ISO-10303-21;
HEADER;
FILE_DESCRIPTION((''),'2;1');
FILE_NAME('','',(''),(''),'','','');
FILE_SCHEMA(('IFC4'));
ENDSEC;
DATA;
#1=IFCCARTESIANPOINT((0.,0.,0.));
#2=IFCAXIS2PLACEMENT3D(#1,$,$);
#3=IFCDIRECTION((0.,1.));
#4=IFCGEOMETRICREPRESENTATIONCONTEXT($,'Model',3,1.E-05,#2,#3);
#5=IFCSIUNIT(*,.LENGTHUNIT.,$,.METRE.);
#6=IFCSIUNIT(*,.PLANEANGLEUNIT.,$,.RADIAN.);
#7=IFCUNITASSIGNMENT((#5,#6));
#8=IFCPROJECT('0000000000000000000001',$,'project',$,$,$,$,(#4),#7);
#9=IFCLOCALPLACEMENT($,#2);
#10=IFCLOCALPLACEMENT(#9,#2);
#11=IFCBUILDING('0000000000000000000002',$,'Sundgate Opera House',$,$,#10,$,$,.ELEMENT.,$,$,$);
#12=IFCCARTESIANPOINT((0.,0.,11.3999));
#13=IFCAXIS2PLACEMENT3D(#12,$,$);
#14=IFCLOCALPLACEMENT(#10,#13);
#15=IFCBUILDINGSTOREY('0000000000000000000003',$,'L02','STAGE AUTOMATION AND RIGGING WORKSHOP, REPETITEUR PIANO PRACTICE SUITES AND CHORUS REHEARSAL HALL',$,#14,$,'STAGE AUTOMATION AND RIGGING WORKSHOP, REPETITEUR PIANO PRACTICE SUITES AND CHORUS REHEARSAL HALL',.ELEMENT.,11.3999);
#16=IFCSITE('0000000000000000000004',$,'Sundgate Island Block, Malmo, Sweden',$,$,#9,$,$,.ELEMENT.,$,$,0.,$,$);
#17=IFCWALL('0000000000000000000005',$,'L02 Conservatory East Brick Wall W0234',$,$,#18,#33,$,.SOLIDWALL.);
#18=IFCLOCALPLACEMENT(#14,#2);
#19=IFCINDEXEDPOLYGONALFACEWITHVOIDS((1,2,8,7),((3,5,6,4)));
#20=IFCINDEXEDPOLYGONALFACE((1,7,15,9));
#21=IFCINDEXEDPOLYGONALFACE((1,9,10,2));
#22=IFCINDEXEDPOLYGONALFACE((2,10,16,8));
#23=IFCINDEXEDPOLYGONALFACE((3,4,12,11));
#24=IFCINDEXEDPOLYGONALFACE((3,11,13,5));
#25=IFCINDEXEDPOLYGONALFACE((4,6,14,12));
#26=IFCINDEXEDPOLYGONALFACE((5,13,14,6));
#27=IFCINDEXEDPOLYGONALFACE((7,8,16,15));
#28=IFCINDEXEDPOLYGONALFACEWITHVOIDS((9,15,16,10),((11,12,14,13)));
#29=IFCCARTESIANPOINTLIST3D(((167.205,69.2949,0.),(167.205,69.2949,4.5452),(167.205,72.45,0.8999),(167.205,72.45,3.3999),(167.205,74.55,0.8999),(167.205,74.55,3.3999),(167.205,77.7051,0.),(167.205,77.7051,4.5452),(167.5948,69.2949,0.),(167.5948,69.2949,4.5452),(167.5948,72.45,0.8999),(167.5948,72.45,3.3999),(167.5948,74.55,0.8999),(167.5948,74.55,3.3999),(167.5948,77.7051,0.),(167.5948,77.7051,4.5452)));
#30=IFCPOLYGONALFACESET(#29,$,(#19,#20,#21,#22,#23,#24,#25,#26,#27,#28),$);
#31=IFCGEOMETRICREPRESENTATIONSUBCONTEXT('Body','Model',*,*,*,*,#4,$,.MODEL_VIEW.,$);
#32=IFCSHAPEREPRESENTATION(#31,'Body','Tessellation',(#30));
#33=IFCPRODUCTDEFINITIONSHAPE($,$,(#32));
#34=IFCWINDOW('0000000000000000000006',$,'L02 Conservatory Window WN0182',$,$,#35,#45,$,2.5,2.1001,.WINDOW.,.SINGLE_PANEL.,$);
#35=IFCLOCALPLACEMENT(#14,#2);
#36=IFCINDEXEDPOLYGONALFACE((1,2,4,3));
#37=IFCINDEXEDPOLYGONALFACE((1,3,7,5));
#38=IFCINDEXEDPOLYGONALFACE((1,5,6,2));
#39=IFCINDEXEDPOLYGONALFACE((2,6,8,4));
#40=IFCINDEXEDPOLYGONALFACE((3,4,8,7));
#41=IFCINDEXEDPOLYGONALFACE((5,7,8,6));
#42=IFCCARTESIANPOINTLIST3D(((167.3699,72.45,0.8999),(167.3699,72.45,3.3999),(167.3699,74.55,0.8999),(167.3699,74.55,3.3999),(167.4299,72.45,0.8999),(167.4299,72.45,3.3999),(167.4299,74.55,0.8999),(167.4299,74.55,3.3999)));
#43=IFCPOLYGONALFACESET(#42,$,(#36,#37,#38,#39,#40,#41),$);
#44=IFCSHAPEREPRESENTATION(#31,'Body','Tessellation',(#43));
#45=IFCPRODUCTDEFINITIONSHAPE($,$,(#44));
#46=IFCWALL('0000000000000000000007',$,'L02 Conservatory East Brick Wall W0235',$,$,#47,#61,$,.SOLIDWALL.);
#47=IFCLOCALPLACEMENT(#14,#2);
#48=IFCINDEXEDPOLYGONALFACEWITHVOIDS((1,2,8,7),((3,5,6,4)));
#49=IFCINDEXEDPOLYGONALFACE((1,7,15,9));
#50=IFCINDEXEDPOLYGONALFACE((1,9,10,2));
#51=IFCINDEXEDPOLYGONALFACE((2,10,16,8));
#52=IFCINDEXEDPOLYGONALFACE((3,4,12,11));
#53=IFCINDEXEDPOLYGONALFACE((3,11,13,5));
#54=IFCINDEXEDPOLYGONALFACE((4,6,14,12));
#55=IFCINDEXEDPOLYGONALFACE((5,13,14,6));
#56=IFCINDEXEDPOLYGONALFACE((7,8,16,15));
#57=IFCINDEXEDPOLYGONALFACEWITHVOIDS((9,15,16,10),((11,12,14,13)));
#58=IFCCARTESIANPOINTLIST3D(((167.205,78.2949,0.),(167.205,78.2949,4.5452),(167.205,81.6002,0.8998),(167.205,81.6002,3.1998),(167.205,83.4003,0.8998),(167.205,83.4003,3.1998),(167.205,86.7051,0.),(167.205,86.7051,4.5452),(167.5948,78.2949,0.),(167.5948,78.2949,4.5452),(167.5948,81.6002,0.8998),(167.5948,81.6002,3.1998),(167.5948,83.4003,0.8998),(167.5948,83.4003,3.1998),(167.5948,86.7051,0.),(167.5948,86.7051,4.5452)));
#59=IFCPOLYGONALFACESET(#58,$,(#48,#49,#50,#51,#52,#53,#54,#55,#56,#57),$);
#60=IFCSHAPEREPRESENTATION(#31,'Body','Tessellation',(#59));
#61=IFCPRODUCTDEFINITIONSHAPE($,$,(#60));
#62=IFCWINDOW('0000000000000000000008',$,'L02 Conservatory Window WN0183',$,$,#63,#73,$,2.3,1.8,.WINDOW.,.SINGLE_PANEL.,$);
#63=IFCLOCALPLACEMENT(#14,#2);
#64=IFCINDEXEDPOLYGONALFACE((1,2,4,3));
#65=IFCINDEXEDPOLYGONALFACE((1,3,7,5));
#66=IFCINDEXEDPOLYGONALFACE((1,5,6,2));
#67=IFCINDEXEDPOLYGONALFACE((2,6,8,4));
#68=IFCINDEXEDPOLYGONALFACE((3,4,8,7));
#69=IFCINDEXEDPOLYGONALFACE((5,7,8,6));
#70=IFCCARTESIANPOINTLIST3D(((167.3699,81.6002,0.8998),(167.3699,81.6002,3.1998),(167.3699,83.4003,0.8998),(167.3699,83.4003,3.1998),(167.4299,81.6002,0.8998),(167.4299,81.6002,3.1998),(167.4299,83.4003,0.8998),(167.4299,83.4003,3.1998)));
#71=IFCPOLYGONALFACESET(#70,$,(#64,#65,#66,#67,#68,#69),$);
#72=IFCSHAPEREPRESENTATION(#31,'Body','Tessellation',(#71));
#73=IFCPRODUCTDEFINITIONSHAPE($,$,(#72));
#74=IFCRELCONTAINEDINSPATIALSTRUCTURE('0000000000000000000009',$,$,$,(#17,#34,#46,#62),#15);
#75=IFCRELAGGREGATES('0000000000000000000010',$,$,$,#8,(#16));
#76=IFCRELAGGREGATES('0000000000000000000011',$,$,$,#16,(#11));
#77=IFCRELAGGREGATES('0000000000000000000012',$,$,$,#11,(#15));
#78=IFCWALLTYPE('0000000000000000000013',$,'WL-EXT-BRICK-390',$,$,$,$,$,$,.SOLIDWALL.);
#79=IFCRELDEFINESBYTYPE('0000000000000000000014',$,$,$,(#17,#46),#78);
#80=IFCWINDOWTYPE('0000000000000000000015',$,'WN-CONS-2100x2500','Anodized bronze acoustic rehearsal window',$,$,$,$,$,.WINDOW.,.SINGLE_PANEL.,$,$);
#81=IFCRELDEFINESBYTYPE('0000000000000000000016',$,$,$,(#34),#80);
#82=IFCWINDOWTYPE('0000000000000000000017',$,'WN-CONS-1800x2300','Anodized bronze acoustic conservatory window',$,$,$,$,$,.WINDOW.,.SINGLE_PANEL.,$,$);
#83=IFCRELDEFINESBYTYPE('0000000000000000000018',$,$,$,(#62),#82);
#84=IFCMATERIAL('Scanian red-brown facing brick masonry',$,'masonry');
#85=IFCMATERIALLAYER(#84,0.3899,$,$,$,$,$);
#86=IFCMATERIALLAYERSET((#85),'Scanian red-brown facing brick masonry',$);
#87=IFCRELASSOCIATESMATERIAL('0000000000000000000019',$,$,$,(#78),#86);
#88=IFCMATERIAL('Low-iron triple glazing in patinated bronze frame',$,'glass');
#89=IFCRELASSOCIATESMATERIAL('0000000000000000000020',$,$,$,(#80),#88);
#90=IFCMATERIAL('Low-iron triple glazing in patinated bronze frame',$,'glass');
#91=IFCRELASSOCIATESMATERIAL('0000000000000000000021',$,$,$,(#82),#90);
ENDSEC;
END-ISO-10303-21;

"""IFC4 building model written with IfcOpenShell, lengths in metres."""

from ifc_helpers import new_model, si_unit, direction, frame, frame_2d, origin, place, context, subcontext, project, spatial, rectangle, extrude, material, layer, layer_set, type_object, element, fill, save


model = new_model("IFC4")

# Units and contexts
model_context = context("Model", 3, precision=1e-05, world=origin(), true_north=direction((0.0, 1.0)))
body_context = subcontext(model_context, "Body", "Model", "MODEL_VIEW")
ifc_project = project(units=[si_unit("LENGTHUNIT", "METRE"), si_unit("PLANEANGLEUNIT", "RADIAN")], contexts=[model_context])

# Site, building, storey
site_placement = place(None, origin())
site = spatial("IfcSite", under=ifc_project, at=site_placement, Name="Sundgate Island Block, Malmo, Sweden", CompositionType="ELEMENT", RefElevation=0.0)
building_placement = place(site_placement, origin())
building = spatial("IfcBuilding", under=site, at=building_placement, Name="Sundgate Opera House", CompositionType="ELEMENT")
storey_placement = place(building_placement, frame((0.0, 0.0, 11.3999)))
storey = spatial("IfcBuildingStorey", under=building, at=storey_placement, Name="L02", Description="STAGE AUTOMATION AND RIGGING WORKSHOP, REPETITEUR PIANO PRACTICE SUITES AND CHORUS REHEARSAL HALL", LongName="STAGE AUTOMATION AND RIGGING WORKSHOP, REPETITEUR PIANO PRACTICE SUITES AND CHORUS REHEARSAL HALL", CompositionType="ELEMENT", Elevation=11.3999)

# Walls, openings, windows
ifc_material_1 = material(Name="Scanian red-brown facing brick masonry", Category="masonry")
ifc_layer_1 = layer(ifc_material_1, 0.3899)
ifc_layer_set_1 = layer_set([ifc_layer_1], Name="Scanian red-brown facing brick masonry")
wall_type = type_object("IfcWallType", Name="WL-EXT-BRICK-390", PredefinedType="SOLIDWALL", material=ifc_layer_set_1)
wall_1_placement = place(storey_placement, frame((167.3999, 77.7051, 0.0), z_axis=(0.0, 0.0, 1.0), x_axis=(0.0, -1.0, 0.0)))
wall_1 = element("IfcWall", 1, at=wall_1_placement, inside=storey, type_object=wall_type, Name="L02 Conservatory East Brick Wall W0234", PredefinedType="SOLIDWALL", context=body_context, shape_type="SweptSolid", body=[
    extrude(rectangle(XDim=8.4102, YDim=0.3899, at=frame_2d((4.2051, 0.0))), origin(), (0.0, 0.0, 1.0), 4.5452),
])
opening_1_placement = place(wall_1_placement, frame((3.155, 0.0, 0.8999)))
opening_1 = element("IfcOpeningElement", 2, at=opening_1_placement, cuts=wall_1, PredefinedType="OPENING", context=body_context, shape_type="SweptSolid", body=[
    extrude(rectangle(XDim=2.1001, YDim=2.5, at=frame_2d((1.05, 1.25))), frame((0.0, 0.2048, 0.0), z_axis=(0.0, -1.0, 0.0), x_axis=(1.0, 0.0, 0.0)), (0.0, 0.0, 1.0), 0.4099),
])
ifc_material_2 = material(Name="Low-iron triple glazing in patinated bronze frame", Category="glass")
window_type_1 = type_object("IfcWindowType", Name="WN-CONS-2100x2500", Description="Anodized bronze acoustic rehearsal window", PartitioningType="SINGLE_PANEL", PredefinedType="WINDOW", material=ifc_material_2)
window_1_placement = place(opening_1_placement, origin())
window_1 = element("IfcWindow", 3, at=window_1_placement, inside=storey, type_object=window_type_1, Name="L02 Conservatory Window WN0182", OverallHeight=2.5, OverallWidth=2.1001, PartitioningType="SINGLE_PANEL", PredefinedType="WINDOW", context=body_context, shape_type="SweptSolid", body=[
    extrude(rectangle(XDim=2.1001, YDim=2.5, at=frame_2d((1.05, 1.25))), frame((0.0, 0.03, 0.0), z_axis=(0.0, -1.0, 0.0), x_axis=(1.0, 0.0, 0.0)), (0.0, 0.0, 1.0), 0.0601),
])
fill(opening_1, window_1)
wall_2_placement = place(storey_placement, frame((167.3999, 86.7051, 0.0), z_axis=(0.0, 0.0, 1.0), x_axis=(0.0, -1.0, 0.0)))
wall_2 = element("IfcWall", 4, at=wall_2_placement, inside=storey, type_object=wall_type, Name="L02 Conservatory East Brick Wall W0235", PredefinedType="SOLIDWALL", context=body_context, shape_type="SweptSolid", body=[
    extrude(rectangle(XDim=8.4102, YDim=0.3899, at=frame_2d((4.2051, 0.0))), origin(), (0.0, 0.0, 1.0), 4.5452),
])
opening_2_placement = place(wall_2_placement, frame((3.3049, 0.0, 0.8999)))
opening_2 = element("IfcOpeningElement", 5, at=opening_2_placement, cuts=wall_2, PredefinedType="OPENING", context=body_context, shape_type="SweptSolid", body=[
    extrude(rectangle(XDim=1.8, YDim=2.3, at=frame_2d((0.8999, 1.1499))), frame((0.0, 0.2048, 0.0), z_axis=(0.0, -1.0, 0.0), x_axis=(1.0, 0.0, 0.0)), (0.0, 0.0, 1.0), 0.4099),
])
ifc_material_3 = material(Name="Low-iron triple glazing in patinated bronze frame", Category="glass")
window_type_2 = type_object("IfcWindowType", Name="WN-CONS-1800x2300", Description="Anodized bronze acoustic conservatory window", PartitioningType="SINGLE_PANEL", PredefinedType="WINDOW", material=ifc_material_3)
window_2_placement = place(opening_2_placement, origin())
window_2 = element("IfcWindow", 6, at=window_2_placement, inside=storey, type_object=window_type_2, Name="L02 Conservatory Window WN0183", OverallHeight=2.3, OverallWidth=1.8, PartitioningType="SINGLE_PANEL", PredefinedType="WINDOW", context=body_context, shape_type="SweptSolid", body=[
    extrude(rectangle(XDim=1.8, YDim=2.3, at=frame_2d((0.8999, 1.1499))), frame((0.0, 0.03, 0.0), z_axis=(0.0, -1.0, 0.0), x_axis=(1.0, 0.0, 0.0)), (0.0, 0.0, 1.0), 0.0601),
])
fill(opening_2, window_2)

save(model, "model.ifc")
